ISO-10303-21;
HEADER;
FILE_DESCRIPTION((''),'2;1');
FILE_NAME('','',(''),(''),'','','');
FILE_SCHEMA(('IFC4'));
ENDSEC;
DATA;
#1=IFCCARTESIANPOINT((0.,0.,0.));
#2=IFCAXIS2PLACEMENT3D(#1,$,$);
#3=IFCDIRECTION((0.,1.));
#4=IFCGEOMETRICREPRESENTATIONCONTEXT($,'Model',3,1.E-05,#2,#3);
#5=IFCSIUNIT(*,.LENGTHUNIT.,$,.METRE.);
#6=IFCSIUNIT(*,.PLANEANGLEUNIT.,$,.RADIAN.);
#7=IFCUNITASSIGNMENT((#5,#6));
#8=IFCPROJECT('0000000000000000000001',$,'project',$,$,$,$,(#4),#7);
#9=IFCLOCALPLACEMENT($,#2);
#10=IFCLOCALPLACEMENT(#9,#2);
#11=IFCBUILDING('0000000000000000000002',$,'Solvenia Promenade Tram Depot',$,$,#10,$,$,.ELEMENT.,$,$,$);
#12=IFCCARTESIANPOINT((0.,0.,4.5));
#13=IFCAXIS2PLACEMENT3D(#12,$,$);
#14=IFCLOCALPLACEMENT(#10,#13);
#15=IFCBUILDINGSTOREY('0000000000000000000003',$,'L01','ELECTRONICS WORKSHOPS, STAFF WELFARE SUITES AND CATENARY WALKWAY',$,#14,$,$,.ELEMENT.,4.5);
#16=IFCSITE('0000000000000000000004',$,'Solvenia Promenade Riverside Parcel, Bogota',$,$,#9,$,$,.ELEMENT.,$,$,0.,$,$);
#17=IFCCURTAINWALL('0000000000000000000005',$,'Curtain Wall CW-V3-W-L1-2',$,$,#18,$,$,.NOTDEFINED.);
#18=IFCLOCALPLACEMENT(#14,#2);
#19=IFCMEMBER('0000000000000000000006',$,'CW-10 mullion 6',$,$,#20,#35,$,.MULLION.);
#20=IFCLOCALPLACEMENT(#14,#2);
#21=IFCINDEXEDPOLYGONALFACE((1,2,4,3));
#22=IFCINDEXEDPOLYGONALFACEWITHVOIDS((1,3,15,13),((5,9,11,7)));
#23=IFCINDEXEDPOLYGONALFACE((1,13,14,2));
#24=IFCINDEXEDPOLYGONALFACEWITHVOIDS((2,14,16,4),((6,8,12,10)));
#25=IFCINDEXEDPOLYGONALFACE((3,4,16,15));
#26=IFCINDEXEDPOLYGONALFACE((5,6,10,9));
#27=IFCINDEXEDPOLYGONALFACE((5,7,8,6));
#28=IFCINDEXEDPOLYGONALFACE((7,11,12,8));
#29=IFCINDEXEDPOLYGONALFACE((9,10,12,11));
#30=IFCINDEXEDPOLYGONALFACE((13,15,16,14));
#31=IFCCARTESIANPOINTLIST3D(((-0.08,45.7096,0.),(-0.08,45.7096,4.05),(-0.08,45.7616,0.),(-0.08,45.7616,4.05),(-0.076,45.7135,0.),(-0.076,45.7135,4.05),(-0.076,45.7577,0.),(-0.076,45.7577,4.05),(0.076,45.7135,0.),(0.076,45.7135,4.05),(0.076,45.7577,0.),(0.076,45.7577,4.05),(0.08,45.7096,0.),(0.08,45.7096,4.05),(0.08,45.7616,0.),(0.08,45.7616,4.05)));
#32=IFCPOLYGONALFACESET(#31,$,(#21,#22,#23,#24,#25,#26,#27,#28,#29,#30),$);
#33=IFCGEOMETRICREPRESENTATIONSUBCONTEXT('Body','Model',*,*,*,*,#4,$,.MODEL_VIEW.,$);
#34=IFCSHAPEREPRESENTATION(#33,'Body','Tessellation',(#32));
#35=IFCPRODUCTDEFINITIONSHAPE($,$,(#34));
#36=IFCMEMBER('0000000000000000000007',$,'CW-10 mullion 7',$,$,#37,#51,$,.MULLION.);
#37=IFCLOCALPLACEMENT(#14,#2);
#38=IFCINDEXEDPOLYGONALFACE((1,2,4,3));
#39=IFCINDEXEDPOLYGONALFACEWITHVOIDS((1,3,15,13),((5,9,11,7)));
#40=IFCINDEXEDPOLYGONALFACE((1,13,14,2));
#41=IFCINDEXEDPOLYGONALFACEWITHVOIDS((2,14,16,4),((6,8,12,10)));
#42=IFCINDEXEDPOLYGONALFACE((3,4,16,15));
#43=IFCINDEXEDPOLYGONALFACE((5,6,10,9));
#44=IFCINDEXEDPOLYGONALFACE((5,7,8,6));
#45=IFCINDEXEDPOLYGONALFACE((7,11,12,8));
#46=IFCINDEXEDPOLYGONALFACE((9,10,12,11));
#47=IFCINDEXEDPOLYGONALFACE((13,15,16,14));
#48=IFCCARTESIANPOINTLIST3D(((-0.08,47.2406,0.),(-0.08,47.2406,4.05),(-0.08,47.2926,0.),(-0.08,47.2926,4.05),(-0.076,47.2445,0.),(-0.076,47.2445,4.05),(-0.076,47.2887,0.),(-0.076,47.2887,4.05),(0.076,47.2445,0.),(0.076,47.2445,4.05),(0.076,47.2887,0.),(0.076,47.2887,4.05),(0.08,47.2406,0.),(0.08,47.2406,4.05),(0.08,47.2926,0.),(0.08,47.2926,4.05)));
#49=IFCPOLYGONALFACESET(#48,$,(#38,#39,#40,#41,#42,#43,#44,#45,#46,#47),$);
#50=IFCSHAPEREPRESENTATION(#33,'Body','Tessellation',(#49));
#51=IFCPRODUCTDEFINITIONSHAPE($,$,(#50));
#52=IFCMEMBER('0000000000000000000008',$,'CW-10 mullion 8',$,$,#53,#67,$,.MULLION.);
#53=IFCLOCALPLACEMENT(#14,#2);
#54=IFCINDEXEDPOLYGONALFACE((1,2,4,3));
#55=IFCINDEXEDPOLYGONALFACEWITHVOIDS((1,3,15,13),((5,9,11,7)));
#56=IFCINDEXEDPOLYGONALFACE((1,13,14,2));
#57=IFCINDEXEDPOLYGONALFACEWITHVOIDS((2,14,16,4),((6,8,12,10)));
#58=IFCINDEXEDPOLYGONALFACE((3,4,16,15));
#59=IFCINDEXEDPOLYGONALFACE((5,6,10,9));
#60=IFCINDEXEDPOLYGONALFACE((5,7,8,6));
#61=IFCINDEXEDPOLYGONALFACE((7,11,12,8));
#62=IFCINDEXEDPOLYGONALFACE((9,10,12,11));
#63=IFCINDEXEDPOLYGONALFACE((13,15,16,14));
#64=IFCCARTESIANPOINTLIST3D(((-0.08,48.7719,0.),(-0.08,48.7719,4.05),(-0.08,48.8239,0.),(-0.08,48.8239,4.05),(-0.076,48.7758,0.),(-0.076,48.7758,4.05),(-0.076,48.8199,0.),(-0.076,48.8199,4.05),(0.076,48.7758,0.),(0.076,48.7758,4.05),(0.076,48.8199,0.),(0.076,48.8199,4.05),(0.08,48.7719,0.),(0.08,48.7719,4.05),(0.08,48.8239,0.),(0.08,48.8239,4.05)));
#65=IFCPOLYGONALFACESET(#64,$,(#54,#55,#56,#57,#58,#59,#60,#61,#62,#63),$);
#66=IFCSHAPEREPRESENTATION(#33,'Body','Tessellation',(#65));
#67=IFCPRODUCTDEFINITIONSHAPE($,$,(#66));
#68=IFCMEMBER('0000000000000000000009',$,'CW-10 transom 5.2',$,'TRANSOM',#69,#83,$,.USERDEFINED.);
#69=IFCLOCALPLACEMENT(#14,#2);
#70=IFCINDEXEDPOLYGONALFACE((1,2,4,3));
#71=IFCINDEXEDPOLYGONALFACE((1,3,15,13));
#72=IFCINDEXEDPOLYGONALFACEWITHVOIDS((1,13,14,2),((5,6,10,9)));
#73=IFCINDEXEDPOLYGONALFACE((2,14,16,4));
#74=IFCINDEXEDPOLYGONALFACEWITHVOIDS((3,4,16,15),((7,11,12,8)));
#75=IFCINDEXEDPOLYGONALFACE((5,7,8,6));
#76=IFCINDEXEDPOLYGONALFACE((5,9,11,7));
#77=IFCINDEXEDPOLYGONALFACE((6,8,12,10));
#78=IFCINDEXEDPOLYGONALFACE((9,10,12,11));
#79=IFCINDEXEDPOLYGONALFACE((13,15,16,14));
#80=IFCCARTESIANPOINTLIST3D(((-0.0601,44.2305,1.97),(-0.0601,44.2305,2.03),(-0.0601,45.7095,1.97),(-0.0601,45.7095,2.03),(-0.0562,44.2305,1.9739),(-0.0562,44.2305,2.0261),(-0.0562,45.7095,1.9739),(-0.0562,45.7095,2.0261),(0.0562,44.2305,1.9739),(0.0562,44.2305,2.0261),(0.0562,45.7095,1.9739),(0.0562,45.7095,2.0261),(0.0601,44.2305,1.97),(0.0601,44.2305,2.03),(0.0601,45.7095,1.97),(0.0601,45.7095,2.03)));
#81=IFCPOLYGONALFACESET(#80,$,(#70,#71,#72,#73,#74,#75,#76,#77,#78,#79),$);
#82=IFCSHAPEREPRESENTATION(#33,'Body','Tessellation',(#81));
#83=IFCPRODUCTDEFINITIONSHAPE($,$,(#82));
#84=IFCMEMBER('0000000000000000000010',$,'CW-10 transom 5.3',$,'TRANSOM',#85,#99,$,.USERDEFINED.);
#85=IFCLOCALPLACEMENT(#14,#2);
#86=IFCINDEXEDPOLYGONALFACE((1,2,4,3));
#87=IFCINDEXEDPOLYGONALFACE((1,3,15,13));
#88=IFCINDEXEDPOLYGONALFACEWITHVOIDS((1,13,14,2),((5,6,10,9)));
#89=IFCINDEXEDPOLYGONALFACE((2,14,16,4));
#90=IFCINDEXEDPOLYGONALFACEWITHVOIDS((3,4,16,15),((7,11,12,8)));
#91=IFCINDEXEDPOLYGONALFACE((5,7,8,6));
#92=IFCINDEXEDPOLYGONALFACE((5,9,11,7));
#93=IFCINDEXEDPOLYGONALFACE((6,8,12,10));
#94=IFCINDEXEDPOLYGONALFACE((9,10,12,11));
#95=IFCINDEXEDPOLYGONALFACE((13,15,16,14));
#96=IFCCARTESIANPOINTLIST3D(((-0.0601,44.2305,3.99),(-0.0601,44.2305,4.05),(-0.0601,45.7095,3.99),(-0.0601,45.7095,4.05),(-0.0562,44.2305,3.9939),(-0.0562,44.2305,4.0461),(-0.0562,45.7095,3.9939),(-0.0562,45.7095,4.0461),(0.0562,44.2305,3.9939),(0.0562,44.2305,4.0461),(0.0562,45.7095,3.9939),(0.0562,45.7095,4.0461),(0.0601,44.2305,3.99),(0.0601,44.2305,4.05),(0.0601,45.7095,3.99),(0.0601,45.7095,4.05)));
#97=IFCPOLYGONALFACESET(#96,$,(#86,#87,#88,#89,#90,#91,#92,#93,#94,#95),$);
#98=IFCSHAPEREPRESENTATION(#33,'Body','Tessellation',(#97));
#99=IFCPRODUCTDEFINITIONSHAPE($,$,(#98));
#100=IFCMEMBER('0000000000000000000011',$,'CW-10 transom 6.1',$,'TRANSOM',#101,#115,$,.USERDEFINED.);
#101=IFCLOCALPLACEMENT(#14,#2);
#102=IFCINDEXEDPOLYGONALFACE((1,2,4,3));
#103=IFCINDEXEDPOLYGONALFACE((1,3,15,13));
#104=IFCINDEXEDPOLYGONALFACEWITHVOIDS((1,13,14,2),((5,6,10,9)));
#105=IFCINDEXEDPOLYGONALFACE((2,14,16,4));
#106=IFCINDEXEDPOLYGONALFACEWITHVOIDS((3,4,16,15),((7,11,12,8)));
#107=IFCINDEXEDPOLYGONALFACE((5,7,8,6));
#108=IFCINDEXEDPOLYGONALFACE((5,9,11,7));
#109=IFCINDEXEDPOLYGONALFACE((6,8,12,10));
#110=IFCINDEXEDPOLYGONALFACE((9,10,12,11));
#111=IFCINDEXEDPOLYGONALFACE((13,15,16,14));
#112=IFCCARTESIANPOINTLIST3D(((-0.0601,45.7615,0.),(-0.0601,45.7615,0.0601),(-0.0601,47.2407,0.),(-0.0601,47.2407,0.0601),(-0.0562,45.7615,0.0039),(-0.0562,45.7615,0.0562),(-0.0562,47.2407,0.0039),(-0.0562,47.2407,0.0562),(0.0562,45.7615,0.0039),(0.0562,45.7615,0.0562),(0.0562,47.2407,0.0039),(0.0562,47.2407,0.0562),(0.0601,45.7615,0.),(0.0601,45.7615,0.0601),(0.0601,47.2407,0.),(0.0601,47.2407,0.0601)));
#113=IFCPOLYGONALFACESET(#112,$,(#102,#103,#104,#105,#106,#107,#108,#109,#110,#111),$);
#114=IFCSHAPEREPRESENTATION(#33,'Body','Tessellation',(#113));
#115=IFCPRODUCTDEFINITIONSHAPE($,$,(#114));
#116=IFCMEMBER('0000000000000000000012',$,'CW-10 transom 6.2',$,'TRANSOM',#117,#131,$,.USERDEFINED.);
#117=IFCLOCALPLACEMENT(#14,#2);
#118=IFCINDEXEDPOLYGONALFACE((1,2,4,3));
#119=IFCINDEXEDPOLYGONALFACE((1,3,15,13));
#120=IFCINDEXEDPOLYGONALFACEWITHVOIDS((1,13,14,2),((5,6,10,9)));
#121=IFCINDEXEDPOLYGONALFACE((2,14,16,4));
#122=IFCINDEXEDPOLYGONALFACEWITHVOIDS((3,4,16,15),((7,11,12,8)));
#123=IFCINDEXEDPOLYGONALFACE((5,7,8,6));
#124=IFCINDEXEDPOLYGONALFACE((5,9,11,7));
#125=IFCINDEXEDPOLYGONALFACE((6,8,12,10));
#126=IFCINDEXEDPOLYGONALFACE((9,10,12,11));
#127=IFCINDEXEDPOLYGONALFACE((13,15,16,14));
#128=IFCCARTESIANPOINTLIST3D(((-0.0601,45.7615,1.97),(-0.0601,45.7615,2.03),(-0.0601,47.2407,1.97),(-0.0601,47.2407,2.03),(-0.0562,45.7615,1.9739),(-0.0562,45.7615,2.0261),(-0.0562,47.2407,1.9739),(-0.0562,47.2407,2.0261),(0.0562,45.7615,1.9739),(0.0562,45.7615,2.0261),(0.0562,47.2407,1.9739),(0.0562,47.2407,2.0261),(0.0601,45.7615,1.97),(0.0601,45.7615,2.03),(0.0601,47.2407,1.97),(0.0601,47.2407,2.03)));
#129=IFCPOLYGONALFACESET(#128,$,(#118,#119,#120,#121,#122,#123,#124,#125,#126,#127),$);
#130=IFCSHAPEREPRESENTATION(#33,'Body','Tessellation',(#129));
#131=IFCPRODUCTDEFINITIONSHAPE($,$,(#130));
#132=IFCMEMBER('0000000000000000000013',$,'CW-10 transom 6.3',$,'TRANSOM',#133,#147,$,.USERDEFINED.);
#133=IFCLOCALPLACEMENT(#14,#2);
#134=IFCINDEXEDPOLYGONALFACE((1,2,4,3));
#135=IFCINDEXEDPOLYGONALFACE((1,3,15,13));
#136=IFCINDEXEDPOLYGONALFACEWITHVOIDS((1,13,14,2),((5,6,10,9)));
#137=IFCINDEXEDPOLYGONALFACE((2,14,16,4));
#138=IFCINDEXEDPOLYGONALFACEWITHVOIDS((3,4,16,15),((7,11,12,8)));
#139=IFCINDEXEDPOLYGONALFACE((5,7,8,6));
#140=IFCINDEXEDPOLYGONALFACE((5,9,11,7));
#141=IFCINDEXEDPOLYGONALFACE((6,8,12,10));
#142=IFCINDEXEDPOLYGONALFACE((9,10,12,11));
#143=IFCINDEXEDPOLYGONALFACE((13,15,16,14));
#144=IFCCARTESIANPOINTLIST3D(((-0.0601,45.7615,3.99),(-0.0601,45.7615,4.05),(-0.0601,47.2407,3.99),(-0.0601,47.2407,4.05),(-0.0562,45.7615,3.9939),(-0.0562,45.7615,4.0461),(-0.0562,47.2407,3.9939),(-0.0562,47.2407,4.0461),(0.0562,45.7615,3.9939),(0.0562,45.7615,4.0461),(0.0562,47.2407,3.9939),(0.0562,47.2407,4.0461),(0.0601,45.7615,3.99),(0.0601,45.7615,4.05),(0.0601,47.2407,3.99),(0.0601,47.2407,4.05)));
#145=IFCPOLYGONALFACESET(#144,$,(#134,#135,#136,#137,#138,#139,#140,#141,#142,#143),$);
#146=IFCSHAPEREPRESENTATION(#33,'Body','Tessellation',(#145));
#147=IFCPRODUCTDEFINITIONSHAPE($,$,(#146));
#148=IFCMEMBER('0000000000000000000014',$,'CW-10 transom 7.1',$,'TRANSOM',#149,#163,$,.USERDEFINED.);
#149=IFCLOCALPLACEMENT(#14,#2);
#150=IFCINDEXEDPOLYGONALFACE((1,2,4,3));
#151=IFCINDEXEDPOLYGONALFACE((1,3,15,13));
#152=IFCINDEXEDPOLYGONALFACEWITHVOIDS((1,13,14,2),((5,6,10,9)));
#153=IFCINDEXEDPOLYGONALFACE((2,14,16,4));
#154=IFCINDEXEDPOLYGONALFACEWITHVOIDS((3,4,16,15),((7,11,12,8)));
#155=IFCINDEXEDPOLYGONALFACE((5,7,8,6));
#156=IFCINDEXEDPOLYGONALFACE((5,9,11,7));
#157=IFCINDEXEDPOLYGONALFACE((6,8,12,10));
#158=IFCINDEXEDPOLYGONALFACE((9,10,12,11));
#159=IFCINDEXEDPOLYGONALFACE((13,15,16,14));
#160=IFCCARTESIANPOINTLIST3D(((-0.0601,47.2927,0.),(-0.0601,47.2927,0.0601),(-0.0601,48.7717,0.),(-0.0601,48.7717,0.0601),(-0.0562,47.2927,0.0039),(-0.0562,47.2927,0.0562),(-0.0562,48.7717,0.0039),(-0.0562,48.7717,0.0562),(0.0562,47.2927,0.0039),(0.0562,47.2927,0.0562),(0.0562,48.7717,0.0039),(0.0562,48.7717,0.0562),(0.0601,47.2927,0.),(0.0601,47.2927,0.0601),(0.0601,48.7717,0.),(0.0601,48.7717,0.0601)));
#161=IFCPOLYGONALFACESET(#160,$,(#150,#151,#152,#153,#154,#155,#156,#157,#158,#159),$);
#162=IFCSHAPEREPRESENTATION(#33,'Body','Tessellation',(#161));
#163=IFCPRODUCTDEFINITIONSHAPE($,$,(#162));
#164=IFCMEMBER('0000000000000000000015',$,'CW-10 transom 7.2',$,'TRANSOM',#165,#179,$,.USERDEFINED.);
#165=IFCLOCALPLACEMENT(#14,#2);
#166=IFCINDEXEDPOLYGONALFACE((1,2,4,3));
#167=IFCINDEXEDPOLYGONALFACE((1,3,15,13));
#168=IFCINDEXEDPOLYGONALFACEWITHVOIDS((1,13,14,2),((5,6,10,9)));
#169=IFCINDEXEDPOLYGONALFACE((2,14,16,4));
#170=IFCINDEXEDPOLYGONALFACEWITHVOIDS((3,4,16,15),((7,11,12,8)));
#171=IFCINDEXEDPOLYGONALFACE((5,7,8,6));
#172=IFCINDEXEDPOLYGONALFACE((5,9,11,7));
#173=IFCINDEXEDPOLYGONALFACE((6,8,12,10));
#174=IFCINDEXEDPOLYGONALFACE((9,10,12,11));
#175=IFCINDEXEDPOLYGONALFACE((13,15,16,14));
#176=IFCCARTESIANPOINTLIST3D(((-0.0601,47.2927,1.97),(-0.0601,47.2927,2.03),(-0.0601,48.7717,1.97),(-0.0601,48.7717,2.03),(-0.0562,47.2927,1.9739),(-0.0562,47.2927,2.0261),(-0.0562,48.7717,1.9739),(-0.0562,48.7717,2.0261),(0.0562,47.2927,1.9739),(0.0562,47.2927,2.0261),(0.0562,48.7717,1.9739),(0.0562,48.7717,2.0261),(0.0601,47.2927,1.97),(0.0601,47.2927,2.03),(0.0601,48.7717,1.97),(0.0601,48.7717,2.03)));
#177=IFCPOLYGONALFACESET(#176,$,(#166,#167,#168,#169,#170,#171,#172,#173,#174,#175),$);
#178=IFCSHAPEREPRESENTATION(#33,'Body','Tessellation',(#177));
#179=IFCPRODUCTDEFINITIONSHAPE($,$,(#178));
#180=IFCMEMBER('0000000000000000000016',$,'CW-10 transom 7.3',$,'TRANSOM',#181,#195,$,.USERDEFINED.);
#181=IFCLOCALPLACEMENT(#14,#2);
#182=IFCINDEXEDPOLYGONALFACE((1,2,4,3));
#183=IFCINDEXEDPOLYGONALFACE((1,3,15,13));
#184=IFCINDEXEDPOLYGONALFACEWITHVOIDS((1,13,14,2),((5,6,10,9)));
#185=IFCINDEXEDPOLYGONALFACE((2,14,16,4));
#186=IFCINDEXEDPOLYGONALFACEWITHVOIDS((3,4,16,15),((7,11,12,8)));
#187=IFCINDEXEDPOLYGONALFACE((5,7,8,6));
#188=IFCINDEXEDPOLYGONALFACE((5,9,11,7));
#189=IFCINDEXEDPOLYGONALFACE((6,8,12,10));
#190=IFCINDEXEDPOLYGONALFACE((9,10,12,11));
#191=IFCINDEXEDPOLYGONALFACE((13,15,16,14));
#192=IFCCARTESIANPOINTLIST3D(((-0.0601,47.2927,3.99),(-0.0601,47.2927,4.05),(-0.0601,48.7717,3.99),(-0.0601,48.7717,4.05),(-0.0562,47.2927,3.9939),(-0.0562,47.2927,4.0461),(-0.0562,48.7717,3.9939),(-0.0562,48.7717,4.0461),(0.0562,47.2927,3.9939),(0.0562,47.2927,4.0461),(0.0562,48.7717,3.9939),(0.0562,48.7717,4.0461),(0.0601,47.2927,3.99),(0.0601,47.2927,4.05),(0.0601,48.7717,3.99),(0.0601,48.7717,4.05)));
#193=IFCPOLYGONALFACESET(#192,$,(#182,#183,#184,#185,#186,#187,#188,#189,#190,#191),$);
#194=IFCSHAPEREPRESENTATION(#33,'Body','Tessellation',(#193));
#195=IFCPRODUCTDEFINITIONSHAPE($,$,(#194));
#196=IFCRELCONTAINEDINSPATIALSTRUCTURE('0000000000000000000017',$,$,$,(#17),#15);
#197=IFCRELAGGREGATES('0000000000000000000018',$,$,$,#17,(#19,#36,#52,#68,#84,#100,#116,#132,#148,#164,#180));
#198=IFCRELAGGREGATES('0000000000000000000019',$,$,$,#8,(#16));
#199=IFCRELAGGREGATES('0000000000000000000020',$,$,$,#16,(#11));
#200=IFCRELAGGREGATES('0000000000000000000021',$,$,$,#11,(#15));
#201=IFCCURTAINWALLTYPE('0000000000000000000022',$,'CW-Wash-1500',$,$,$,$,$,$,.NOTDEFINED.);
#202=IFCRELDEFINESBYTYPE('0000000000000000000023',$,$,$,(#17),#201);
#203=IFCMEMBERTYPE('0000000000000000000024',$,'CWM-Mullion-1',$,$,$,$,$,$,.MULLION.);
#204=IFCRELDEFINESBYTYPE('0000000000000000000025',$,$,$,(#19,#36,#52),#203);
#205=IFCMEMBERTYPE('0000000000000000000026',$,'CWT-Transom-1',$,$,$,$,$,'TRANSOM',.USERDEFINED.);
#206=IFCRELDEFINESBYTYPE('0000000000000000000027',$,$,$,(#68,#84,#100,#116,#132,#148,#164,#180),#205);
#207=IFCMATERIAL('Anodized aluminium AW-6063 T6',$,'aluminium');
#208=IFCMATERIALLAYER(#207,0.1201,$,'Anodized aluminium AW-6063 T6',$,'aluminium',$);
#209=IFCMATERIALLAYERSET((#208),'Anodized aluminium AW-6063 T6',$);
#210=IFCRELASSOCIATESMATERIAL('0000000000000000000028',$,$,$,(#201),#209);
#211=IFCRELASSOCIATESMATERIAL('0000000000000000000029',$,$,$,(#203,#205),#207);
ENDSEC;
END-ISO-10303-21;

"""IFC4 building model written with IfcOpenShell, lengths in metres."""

from ifc_helpers import new_model, si_unit, direction, frame, origin, origin_2d, place, context, subcontext, project, spatial, hollow_rectangle, extrude, material, layer, layer_set, material_profile, profile_set, type_object, element, aggregate, save


model = new_model("IFC4")

# Units and contexts
model_context = context("Model", 3, precision=1e-05, world=origin(), true_north=direction((0.0, 1.0)))
body_context = subcontext(model_context, "Body", "Model", "MODEL_VIEW")
ifc_project = project(units=[si_unit("LENGTHUNIT", "METRE"), si_unit("PLANEANGLEUNIT", "RADIAN")], contexts=[model_context])

# Site, building, storey
site_placement = place(None, origin())
site = spatial("IfcSite", under=ifc_project, at=site_placement, Name="Solvenia Promenade Riverside Parcel, Bogota", CompositionType="ELEMENT", RefElevation=0.0)
building_placement = place(site_placement, origin())
building = spatial("IfcBuilding", under=site, at=building_placement, Name="Solvenia Promenade Tram Depot", CompositionType="ELEMENT")
storey_placement = place(building_placement, frame((0.0, 0.0, 4.5)))
storey = spatial("IfcBuildingStorey", under=building, at=storey_placement, Name="L01", Description="ELECTRONICS WORKSHOPS, STAFF WELFARE SUITES AND CATENARY WALKWAY", CompositionType="ELEMENT", Elevation=4.5)

# Curtain wall, members
ifc_material_1 = material(Name="Anodized aluminium AW-6063 T6", Category="aluminium")
ifc_layer_1 = layer(ifc_material_1, 0.1201, Name="Anodized aluminium AW-6063 T6", Category="aluminium")
ifc_layer_set_1 = layer_set([ifc_layer_1], Name="Anodized aluminium AW-6063 T6")
curtain_wall_type = type_object("IfcCurtainWallType", Name="CW-Wash-1500", PredefinedType="NOTDEFINED", material=ifc_layer_set_1)
curtain_wall_placement = place(storey_placement, origin())
curtain_wall = element("IfcCurtainWall", 1, at=curtain_wall_placement, inside=storey, type_object=curtain_wall_type, Name="Curtain Wall CW-V3-W-L1-2", PredefinedType="NOTDEFINED")
ifc_material_profile_1 = material_profile(ifc_material_1, hollow_rectangle(XDim=0.1599, YDim=0.052, WallThickness=0.0039, at=origin_2d()), Name="ALU-M1", Category="aluminium")
ifc_profile_set_1 = profile_set([ifc_material_profile_1], Name="Anodized aluminium AW-6063 T6")
member_type_1 = type_object("IfcMemberType", Name="CWM-Mullion-1", PredefinedType="MULLION", material=ifc_profile_set_1)
member_1_placement = place(storey_placement, frame((0.0, 45.7356, 0.0), z_axis=(0.0, 0.0, 1.0), x_axis=(-1.0, 0.0, 0.0)))
member_1 = element("IfcMember", 2, at=member_1_placement, type_object=member_type_1, Name="CW-10 mullion 6", PredefinedType="MULLION", context=body_context, shape_type="SweptSolid", body=[
    extrude(hollow_rectangle(XDim=0.1599, YDim=0.052, WallThickness=0.0039, at=origin_2d()), origin(), (0.0, 0.0, 1.0), 4.05),
])
member_2_placement = place(storey_placement, frame((0.0, 47.2666, 0.0), z_axis=(0.0, 0.0, 1.0), x_axis=(-1.0, 0.0, 0.0)))
member_2 = element("IfcMember", 3, at=member_2_placement, type_object=member_type_1, Name="CW-10 mullion 7", PredefinedType="MULLION", context=body_context, shape_type="SweptSolid", body=[
    extrude(hollow_rectangle(XDim=0.1599, YDim=0.052, WallThickness=0.0039, at=origin_2d()), origin(), (0.0, 0.0, 1.0), 4.05),
])
member_3_placement = place(storey_placement, frame((0.0, 48.7979, 0.0), z_axis=(0.0, 0.0, 1.0), x_axis=(-1.0, 0.0, 0.0)))
member_3 = element("IfcMember", 4, at=member_3_placement, type_object=member_type_1, Name="CW-10 mullion 8", PredefinedType="MULLION", context=body_context, shape_type="SweptSolid", body=[
    extrude(hollow_rectangle(XDim=0.1599, YDim=0.052, WallThickness=0.0039, at=origin_2d()), origin(), (0.0, 0.0, 1.0), 4.05),
])
ifc_material_profile_2 = material_profile(ifc_material_1, hollow_rectangle(XDim=0.1201, YDim=0.0601, WallThickness=0.0039, at=origin_2d()), Name="ALU-T1", Category="aluminium")
ifc_profile_set_2 = profile_set([ifc_material_profile_2], Name="Anodized aluminium AW-6063 T6")
member_type_2 = type_object("IfcMemberType", Name="CWT-Transom-1", ElementType="TRANSOM", PredefinedType="USERDEFINED", material=ifc_profile_set_2)
member_4_placement = place(storey_placement, frame((0.0, 44.2305, 2.0), z_axis=(0.0, 1.0, 0.0), x_axis=(-1.0, 0.0, 0.0)))
member_4 = element("IfcMember", 5, at=member_4_placement, type_object=member_type_2, Name="CW-10 transom 5.2", ObjectType="TRANSOM", PredefinedType="USERDEFINED", context=body_context, shape_type="SweptSolid", body=[
    extrude(hollow_rectangle(XDim=0.1201, YDim=0.0601, WallThickness=0.0039, at=origin_2d()), origin(), (0.0, 0.0, 1.0), 1.479),
])
member_5_placement = place(storey_placement, frame((0.0, 44.2305, 4.02), z_axis=(0.0, 1.0, 0.0), x_axis=(-1.0, 0.0, 0.0)))
member_5 = element("IfcMember", 6, at=member_5_placement, type_object=member_type_2, Name="CW-10 transom 5.3", ObjectType="TRANSOM", PredefinedType="USERDEFINED", context=body_context, shape_type="SweptSolid", body=[
    extrude(hollow_rectangle(XDim=0.1201, YDim=0.0601, WallThickness=0.0039, at=origin_2d()), origin(), (0.0, 0.0, 1.0), 1.479),
])
member_6_placement = place(storey_placement, frame((0.0, 45.7615, 0.03), z_axis=(0.0, 1.0, 0.0), x_axis=(-1.0, 0.0, 0.0)))
member_6 = element("IfcMember", 7, at=member_6_placement, type_object=member_type_2, Name="CW-10 transom 6.1", ObjectType="TRANSOM", PredefinedType="USERDEFINED", context=body_context, shape_type="SweptSolid", body=[
    extrude(hollow_rectangle(XDim=0.1201, YDim=0.0601, WallThickness=0.0039, at=origin_2d()), origin(), (0.0, 0.0, 1.0), 1.4792),
])
member_7_placement = place(storey_placement, frame((0.0, 45.7615, 2.0), z_axis=(0.0, 1.0, 0.0), x_axis=(-1.0, 0.0, 0.0)))
member_7 = element("IfcMember", 8, at=member_7_placement, type_object=member_type_2, Name="CW-10 transom 6.2", ObjectType="TRANSOM", PredefinedType="USERDEFINED", context=body_context, shape_type="SweptSolid", body=[
    extrude(hollow_rectangle(XDim=0.1201, YDim=0.0601, WallThickness=0.0039, at=origin_2d()), origin(), (0.0, 0.0, 1.0), 1.4792),
])
member_8_placement = place(storey_placement, frame((0.0, 45.7615, 4.02), z_axis=(0.0, 1.0, 0.0), x_axis=(-1.0, 0.0, 0.0)))
member_8 = element("IfcMember", 9, at=member_8_placement, type_object=member_type_2, Name="CW-10 transom 6.3", ObjectType="TRANSOM", PredefinedType="USERDEFINED", context=body_context, shape_type="SweptSolid", body=[
    extrude(hollow_rectangle(XDim=0.1201, YDim=0.0601, WallThickness=0.0039, at=origin_2d()), origin(), (0.0, 0.0, 1.0), 1.4792),
])
member_9_placement = place(storey_placement, frame((0.0, 47.2927, 0.03), z_axis=(0.0, 1.0, 0.0), x_axis=(-1.0, 0.0, 0.0)))
member_9 = element("IfcMember", 10, at=member_9_placement, type_object=member_type_2, Name="CW-10 transom 7.1", ObjectType="TRANSOM", PredefinedType="USERDEFINED", context=body_context, shape_type="SweptSolid", body=[
    extrude(hollow_rectangle(XDim=0.1201, YDim=0.0601, WallThickness=0.0039, at=origin_2d()), origin(), (0.0, 0.0, 1.0), 1.479),
])
member_10_placement = place(storey_placement, frame((0.0, 47.2927, 2.0), z_axis=(0.0, 1.0, 0.0), x_axis=(-1.0, 0.0, 0.0)))
member_10 = element("IfcMember", 11, at=member_10_placement, type_object=member_type_2, Name="CW-10 transom 7.2", ObjectType="TRANSOM", PredefinedType="USERDEFINED", context=body_context, shape_type="SweptSolid", body=[
    extrude(hollow_rectangle(XDim=0.1201, YDim=0.0601, WallThickness=0.0039, at=origin_2d()), origin(), (0.0, 0.0, 1.0), 1.479),
])
member_11_placement = place(storey_placement, frame((0.0, 47.2927, 4.02), z_axis=(0.0, 1.0, 0.0), x_axis=(-1.0, 0.0, 0.0)))
member_11 = element("IfcMember", 12, at=member_11_placement, type_object=member_type_2, Name="CW-10 transom 7.3", ObjectType="TRANSOM", PredefinedType="USERDEFINED", context=body_context, shape_type="SweptSolid", body=[
    extrude(hollow_rectangle(XDim=0.1201, YDim=0.0601, WallThickness=0.0039, at=origin_2d()), origin(), (0.0, 0.0, 1.0), 1.479),
])

aggregate(curtain_wall, [member_1, member_2, member_3, member_4, member_5, member_6, member_7, member_8, member_9, member_10, member_11])

save(model, "model.ifc")
